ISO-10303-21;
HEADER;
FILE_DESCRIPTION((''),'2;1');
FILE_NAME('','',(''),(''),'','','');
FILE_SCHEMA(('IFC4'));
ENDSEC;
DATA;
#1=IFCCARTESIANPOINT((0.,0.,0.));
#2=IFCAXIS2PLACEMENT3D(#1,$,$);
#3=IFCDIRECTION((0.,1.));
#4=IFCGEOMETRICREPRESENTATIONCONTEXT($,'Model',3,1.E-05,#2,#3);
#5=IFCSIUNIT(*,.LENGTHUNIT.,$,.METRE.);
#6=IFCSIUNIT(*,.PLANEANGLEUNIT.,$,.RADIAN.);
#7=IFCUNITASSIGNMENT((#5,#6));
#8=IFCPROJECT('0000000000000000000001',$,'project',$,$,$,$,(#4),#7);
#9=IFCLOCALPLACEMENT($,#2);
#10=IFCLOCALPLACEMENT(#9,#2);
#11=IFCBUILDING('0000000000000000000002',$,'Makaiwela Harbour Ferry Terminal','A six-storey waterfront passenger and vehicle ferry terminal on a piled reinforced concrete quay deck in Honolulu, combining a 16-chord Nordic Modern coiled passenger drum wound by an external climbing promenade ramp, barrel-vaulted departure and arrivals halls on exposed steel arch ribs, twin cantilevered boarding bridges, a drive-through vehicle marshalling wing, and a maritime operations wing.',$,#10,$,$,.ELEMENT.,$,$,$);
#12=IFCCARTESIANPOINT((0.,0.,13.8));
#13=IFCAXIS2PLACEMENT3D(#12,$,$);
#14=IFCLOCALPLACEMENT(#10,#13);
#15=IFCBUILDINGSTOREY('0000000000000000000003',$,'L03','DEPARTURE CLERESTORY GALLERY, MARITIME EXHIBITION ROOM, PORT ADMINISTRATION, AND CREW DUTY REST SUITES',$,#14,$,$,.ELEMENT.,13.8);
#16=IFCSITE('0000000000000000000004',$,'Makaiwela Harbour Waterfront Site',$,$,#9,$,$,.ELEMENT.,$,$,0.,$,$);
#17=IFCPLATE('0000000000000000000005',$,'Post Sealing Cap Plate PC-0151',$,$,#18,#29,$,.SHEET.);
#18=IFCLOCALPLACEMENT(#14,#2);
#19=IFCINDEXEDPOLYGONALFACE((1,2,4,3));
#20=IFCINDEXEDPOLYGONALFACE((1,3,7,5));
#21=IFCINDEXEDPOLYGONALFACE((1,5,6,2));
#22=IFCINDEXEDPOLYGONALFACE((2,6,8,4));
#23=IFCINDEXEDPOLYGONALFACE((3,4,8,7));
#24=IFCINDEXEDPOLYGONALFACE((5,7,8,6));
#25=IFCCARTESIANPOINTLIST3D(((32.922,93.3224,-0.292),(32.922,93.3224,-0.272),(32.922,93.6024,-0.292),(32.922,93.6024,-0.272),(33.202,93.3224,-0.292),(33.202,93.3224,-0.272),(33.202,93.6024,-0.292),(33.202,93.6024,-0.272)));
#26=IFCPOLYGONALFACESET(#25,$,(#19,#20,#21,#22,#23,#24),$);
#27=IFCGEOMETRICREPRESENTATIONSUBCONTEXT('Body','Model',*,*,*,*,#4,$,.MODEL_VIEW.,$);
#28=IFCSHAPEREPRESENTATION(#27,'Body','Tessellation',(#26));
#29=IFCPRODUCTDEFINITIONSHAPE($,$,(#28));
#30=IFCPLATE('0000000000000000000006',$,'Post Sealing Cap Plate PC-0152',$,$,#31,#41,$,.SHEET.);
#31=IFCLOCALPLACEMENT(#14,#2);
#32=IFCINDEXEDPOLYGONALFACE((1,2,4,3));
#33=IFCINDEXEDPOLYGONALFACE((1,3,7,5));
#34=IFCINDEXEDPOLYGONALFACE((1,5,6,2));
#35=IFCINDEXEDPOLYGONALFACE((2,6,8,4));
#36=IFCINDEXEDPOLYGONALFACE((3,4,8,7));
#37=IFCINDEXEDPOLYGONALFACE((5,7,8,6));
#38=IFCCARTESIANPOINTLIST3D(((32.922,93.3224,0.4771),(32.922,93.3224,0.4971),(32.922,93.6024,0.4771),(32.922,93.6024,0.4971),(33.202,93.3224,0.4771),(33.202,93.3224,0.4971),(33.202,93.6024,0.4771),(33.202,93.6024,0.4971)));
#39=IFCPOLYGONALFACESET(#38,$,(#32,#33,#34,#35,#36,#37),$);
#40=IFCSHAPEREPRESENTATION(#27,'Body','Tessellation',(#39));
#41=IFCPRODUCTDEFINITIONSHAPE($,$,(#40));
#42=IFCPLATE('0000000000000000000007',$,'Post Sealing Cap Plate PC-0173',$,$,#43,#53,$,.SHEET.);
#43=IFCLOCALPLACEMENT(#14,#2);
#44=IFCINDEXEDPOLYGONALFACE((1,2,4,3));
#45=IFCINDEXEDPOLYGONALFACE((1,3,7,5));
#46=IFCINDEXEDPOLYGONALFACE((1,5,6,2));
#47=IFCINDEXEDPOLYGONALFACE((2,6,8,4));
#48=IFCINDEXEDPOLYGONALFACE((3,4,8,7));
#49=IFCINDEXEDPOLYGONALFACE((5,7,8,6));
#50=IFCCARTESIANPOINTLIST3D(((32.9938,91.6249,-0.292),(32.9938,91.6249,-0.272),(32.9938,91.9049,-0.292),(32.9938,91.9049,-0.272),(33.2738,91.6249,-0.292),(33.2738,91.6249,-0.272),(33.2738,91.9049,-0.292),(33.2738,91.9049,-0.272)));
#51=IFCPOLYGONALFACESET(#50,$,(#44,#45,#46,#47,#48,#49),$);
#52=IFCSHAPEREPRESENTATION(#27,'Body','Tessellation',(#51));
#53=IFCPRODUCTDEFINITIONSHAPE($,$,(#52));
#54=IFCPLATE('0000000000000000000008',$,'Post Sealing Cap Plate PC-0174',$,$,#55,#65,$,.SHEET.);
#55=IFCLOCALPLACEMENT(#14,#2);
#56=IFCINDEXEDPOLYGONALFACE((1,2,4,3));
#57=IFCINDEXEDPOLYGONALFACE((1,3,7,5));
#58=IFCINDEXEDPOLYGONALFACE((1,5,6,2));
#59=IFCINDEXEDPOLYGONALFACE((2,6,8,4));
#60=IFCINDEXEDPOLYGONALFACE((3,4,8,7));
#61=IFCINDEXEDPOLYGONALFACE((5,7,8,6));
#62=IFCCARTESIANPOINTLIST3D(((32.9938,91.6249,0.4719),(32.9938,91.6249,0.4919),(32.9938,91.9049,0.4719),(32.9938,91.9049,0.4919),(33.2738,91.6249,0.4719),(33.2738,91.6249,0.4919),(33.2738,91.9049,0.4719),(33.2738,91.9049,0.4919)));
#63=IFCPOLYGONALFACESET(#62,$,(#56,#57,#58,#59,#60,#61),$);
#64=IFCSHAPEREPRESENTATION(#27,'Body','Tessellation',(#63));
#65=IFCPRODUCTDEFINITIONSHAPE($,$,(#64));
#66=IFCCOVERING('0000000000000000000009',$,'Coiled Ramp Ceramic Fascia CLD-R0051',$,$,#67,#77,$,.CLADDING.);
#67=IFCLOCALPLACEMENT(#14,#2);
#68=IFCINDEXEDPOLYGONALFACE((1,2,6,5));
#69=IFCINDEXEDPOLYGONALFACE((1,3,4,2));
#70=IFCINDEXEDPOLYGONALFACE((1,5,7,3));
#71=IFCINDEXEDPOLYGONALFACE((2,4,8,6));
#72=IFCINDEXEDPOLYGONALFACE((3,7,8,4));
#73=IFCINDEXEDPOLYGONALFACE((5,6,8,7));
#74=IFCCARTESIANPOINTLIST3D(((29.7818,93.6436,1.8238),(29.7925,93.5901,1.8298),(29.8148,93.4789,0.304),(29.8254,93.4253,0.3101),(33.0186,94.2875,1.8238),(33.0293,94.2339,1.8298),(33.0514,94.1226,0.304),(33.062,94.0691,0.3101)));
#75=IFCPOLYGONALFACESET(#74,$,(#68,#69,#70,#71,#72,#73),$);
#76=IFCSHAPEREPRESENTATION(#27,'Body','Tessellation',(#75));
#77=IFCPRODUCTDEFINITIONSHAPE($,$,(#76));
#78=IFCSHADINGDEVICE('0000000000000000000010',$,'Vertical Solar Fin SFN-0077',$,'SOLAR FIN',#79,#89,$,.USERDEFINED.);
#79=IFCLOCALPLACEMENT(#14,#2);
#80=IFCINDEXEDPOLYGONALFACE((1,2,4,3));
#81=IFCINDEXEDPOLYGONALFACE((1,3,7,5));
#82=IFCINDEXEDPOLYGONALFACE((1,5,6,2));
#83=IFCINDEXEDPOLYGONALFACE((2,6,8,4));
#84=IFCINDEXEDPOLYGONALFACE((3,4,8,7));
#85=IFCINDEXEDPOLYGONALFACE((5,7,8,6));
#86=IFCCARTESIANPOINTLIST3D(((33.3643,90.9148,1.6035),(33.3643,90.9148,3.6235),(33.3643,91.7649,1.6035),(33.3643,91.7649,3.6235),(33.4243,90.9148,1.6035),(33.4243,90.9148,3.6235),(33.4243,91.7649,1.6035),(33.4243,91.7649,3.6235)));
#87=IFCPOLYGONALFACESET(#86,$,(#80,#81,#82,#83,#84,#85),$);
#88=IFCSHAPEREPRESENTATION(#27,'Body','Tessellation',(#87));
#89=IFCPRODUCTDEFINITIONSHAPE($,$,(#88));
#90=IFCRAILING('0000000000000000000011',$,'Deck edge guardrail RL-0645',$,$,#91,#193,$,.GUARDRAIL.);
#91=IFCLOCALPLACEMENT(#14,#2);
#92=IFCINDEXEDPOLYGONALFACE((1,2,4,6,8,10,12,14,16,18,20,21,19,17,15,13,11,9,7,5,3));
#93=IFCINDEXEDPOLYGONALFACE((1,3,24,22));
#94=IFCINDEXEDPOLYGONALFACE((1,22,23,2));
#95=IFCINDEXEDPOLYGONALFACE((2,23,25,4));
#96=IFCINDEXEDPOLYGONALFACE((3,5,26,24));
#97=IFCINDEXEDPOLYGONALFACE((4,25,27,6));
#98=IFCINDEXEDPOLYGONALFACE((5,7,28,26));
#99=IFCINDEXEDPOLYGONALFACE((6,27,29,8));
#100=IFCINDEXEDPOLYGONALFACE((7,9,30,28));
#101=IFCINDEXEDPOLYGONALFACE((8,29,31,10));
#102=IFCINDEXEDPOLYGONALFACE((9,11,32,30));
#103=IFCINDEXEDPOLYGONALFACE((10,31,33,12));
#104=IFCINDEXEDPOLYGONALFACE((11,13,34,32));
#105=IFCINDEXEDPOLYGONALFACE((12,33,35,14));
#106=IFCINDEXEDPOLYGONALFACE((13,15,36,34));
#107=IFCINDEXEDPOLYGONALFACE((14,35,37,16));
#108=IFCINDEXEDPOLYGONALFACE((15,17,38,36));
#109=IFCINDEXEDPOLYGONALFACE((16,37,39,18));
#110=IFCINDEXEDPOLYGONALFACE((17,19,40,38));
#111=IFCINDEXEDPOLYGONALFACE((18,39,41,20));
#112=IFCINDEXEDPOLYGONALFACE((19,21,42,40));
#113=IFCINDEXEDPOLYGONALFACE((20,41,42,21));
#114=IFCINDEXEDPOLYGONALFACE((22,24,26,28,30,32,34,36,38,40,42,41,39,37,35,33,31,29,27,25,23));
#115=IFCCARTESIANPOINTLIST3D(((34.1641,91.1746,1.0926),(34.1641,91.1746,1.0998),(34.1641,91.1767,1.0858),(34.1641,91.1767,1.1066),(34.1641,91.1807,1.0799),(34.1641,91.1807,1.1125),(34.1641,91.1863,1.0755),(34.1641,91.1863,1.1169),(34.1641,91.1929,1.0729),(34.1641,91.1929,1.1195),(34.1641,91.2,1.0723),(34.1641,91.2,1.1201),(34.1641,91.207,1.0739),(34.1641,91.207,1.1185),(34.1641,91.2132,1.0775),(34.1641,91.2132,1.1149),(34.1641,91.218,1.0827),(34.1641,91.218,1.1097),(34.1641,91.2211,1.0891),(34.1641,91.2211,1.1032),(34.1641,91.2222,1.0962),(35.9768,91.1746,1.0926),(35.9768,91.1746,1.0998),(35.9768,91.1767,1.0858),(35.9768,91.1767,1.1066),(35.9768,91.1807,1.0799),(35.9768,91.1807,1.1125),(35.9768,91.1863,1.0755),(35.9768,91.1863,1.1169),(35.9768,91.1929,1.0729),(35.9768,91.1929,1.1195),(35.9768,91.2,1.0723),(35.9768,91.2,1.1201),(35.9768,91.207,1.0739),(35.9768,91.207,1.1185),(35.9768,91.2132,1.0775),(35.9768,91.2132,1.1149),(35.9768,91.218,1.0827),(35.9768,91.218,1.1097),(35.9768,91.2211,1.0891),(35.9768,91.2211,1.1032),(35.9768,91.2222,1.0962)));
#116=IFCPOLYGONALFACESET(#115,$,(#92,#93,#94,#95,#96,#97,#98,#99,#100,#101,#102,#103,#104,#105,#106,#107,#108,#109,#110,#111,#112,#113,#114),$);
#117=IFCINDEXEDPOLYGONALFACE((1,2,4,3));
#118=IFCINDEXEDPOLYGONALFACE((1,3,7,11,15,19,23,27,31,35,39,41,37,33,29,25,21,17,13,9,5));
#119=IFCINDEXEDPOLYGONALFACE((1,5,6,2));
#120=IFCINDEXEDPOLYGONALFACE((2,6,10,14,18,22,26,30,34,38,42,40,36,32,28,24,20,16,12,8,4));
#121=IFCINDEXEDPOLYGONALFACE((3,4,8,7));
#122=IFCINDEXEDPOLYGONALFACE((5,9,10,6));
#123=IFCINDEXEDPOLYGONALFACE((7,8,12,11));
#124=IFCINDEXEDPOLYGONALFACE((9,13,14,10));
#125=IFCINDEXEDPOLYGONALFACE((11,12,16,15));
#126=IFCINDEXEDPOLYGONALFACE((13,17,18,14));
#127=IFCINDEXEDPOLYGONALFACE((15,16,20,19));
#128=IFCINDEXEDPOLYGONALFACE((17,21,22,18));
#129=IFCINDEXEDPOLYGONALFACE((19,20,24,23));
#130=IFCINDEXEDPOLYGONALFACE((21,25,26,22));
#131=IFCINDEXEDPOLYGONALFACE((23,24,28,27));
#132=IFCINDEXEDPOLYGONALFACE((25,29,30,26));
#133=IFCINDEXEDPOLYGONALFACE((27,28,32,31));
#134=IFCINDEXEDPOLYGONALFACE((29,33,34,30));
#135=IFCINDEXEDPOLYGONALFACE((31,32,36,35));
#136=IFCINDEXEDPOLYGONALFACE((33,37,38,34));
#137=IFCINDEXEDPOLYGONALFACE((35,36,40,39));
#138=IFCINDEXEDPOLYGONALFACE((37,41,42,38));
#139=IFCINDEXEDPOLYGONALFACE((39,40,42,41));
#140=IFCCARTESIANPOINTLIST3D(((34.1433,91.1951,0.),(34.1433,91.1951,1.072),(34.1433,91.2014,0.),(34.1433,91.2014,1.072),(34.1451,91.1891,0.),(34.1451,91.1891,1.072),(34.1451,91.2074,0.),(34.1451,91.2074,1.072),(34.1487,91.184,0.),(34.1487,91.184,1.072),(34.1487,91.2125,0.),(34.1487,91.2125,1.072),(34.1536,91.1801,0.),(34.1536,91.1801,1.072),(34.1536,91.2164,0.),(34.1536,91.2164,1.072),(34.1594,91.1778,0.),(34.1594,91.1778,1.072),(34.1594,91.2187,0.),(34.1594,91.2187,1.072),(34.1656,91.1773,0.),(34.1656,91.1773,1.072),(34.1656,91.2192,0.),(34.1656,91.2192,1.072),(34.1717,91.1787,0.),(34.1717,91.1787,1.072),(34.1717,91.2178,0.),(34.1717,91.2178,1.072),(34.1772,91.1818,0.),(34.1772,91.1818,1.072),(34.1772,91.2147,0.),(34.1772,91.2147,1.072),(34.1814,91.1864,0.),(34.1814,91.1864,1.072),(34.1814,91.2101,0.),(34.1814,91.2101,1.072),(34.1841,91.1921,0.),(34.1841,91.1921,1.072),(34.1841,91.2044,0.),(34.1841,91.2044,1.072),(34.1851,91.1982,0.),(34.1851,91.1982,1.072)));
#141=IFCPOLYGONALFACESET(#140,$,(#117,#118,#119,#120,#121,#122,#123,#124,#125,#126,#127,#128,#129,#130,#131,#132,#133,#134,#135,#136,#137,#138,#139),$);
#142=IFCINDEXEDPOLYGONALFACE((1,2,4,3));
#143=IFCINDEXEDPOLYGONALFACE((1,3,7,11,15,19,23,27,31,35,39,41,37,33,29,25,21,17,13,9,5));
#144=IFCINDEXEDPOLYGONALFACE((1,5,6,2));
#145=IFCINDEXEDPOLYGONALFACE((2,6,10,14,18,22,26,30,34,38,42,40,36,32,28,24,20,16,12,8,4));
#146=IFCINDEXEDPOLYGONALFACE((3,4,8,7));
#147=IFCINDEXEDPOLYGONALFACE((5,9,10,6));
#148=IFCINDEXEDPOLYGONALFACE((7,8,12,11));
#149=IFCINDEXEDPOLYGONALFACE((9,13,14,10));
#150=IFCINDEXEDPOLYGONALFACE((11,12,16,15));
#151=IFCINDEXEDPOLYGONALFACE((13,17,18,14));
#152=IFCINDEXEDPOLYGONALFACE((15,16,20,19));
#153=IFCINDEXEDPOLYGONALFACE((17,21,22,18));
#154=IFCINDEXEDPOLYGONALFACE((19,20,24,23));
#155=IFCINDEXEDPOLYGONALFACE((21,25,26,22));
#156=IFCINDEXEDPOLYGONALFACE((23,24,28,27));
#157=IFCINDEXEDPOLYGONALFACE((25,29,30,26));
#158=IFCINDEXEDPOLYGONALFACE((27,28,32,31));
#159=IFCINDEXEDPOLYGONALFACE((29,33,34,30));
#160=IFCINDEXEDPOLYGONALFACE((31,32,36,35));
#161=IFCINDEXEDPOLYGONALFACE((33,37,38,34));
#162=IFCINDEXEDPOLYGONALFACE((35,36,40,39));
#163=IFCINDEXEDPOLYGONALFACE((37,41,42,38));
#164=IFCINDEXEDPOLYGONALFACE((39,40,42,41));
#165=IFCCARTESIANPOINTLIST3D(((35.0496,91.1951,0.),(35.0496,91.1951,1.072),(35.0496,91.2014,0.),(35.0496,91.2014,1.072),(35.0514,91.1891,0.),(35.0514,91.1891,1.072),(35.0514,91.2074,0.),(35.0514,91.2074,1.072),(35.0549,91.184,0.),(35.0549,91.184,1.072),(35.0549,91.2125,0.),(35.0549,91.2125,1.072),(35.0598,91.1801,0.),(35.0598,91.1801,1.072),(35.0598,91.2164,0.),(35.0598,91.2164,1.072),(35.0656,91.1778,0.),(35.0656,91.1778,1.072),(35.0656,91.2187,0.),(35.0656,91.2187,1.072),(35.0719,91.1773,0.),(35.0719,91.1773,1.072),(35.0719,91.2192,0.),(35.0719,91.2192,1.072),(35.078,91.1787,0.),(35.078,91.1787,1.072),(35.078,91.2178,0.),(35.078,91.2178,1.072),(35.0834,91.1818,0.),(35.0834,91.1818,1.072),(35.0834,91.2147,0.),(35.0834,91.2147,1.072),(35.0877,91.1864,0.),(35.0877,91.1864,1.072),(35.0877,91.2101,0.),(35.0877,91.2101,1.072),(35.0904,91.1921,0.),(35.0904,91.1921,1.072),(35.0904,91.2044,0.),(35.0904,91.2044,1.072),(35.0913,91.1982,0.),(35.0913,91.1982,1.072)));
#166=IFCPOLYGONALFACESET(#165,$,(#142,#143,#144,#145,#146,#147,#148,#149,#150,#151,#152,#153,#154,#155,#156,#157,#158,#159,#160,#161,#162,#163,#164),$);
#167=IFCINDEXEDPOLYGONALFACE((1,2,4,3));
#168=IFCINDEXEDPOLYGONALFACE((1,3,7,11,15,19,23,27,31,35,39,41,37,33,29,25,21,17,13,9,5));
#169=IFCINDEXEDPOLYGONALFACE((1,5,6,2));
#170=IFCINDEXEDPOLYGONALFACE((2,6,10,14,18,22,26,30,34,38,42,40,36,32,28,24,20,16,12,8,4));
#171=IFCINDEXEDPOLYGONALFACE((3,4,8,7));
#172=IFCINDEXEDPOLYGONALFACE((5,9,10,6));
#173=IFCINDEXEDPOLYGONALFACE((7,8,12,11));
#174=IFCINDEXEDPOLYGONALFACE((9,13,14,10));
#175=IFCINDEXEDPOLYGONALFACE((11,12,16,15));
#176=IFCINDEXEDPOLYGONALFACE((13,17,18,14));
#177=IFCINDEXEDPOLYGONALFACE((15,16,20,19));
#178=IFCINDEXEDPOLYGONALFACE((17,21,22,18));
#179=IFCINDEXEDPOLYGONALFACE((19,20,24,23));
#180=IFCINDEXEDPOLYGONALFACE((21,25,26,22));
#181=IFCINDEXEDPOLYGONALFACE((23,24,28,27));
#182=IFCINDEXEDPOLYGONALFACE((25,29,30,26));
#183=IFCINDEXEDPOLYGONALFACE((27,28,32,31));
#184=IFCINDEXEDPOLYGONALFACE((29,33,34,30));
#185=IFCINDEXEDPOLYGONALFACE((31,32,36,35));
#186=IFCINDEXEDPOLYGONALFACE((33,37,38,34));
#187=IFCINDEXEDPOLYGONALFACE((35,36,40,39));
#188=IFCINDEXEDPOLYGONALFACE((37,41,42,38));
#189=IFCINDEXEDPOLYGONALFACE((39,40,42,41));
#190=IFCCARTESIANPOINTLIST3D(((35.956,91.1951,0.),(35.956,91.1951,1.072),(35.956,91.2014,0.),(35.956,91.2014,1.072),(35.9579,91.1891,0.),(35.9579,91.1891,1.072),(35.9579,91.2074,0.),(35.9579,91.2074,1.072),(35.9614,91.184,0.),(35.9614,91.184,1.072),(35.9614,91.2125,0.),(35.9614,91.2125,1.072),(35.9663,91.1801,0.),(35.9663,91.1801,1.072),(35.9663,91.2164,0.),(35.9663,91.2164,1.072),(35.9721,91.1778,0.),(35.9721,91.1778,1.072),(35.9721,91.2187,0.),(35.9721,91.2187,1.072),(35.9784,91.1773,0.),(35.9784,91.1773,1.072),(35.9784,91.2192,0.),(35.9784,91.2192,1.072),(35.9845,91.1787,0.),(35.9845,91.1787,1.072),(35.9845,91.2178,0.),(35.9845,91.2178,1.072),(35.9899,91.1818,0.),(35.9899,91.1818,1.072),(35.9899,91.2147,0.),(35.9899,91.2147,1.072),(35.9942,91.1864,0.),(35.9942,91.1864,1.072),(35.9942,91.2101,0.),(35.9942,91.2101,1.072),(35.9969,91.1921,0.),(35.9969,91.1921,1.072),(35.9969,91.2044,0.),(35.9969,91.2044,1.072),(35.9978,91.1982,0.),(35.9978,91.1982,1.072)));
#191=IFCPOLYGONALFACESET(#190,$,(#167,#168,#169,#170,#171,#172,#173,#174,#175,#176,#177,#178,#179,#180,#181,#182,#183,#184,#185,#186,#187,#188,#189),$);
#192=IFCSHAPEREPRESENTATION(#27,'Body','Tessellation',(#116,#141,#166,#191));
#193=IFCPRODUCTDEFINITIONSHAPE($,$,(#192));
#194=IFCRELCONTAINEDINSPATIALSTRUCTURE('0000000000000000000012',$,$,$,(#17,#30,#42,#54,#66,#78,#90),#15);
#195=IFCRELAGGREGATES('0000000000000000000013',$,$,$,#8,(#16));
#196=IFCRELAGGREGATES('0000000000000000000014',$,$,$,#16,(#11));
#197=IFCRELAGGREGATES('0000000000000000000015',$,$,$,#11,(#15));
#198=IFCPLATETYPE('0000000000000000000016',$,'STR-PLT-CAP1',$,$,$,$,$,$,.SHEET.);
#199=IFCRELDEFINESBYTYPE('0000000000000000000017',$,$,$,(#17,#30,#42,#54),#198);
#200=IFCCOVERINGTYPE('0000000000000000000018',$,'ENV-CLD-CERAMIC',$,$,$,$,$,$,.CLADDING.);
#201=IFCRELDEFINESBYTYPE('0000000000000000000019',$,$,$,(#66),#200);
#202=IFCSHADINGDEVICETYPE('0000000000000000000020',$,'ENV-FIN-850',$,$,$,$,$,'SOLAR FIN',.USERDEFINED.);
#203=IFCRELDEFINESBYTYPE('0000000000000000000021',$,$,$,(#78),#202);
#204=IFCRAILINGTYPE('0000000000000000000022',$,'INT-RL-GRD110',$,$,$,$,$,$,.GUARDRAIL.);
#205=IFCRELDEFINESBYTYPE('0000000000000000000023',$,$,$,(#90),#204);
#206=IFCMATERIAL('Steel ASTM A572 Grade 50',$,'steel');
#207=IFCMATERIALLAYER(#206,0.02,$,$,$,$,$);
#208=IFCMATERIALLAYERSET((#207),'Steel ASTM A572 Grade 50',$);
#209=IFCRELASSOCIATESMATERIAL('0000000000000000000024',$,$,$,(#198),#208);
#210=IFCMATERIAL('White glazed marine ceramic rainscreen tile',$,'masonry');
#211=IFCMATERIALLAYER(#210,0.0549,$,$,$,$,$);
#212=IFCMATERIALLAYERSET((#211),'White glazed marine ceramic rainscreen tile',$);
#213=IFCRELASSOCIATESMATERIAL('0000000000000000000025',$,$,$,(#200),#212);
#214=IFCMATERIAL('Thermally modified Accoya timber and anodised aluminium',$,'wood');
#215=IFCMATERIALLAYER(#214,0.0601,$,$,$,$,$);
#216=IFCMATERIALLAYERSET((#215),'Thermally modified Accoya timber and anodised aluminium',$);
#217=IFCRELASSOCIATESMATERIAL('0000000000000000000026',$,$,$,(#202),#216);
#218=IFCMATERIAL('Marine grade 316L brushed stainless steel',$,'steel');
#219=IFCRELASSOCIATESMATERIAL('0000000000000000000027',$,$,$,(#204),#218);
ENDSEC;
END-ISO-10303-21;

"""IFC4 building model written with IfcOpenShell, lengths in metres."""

from ifc_helpers import new_model, si_unit, direction, frame, origin, origin_2d, place, context, subcontext, project, spatial, polyline, rectangle, circle, outline, extrude, material, layer, layer_set, type_object, element, save


model = new_model("IFC4")

# Units and contexts
model_context = context("Model", 3, precision=1e-05, world=origin(), true_north=direction((0.0, 1.0)))
body_context = subcontext(model_context, "Body", "Model", "MODEL_VIEW")
ifc_project = project(units=[si_unit("LENGTHUNIT", "METRE"), si_unit("PLANEANGLEUNIT", "RADIAN")], contexts=[model_context])

# Site, building, storey
site_placement = place(None, origin())
site = spatial("IfcSite", under=ifc_project, at=site_placement, Name="Makaiwela Harbour Waterfront Site", CompositionType="ELEMENT", RefElevation=0.0)
building_placement = place(site_placement, origin())
building = spatial("IfcBuilding", under=site, at=building_placement, Name="Makaiwela Harbour Ferry Terminal", Description="A six-storey waterfront passenger and vehicle ferry terminal on a piled reinforced concrete quay deck in Honolulu, combining a 16-chord Nordic Modern coiled passenger drum wound by an external climbing promenade ramp, barrel-vaulted departure and arrivals halls on exposed steel arch ribs, twin cantilevered boarding bridges, a drive-through vehicle marshalling wing, and a maritime operations wing.", CompositionType="ELEMENT")
storey_placement = place(building_placement, frame((0.0, 0.0, 13.8)))
storey = spatial("IfcBuildingStorey", under=building, at=storey_placement, Name="L03", Description="DEPARTURE CLERESTORY GALLERY, MARITIME EXHIBITION ROOM, PORT ADMINISTRATION, AND CREW DUTY REST SUITES", CompositionType="ELEMENT", Elevation=13.8)

# Plates
ifc_material_1 = material(Name="Steel ASTM A572 Grade 50", Category="steel")
ifc_layer_1 = layer(ifc_material_1, 0.02)
ifc_layer_set_1 = layer_set([ifc_layer_1], Name="Steel ASTM A572 Grade 50")
plate_type_1 = type_object("IfcPlateType", Name="STR-PLT-CAP1", PredefinedType="SHEET", material=ifc_layer_set_1)
for number, where, z_axis, x_axis, name in (
    (1, (33.062, 93.4624, -0.292), (0.0, 0.0, 1.0), (1.0, 0.0, 0.0), "Post Sealing Cap Plate PC-0151"),
    (2, (33.062, 93.4624, 0.4771), (0.0, 0.0, 1.0), (1.0, 0.0, 0.0), "Post Sealing Cap Plate PC-0152"),
    (3, (33.1338, 91.7649, -0.292), (0.0, 0.0, 1.0), (1.0, 0.0, 0.0), "Post Sealing Cap Plate PC-0173"),
    (4, (33.1338, 91.7649, 0.4719), (0.0, 0.0, 1.0), (1.0, 0.0, 0.0), "Post Sealing Cap Plate PC-0174"),
):
    element("IfcPlate", number, at=place(storey_placement, frame(where, z_axis=z_axis, x_axis=x_axis)), inside=storey, type_object=plate_type_1, Name=name, PredefinedType="SHEET", context=body_context, shape_type="SweptSolid", body=[
        extrude(rectangle(XDim=0.28, YDim=0.28, at=origin_2d()), origin(), (0.0, 0.0, 1.0), 0.02),
    ])

# Covering
ifc_material_2 = material(Name="White glazed marine ceramic rainscreen tile", Category="masonry")
ifc_layer_2 = layer(ifc_material_2, 0.0549)
ifc_layer_set_2 = layer_set([ifc_layer_2], Name="White glazed marine ceramic rainscreen tile")
covering_type = type_object("IfcCoveringType", Name="ENV-CLD-CERAMIC", PredefinedType="CLADDING", material=ifc_layer_set_2)
covering_placement = place(storey_placement, frame((33.062, 94.0691, 0.3101), z_axis=(0.193903, -0.974846, 0.109896), x_axis=(-0.980786, -0.195085, -0.000001)))
element("IfcCovering", 5, at=covering_placement, inside=storey, type_object=covering_type, Name="Coiled Ramp Ceramic Fascia CLD-R0051", PredefinedType="CLADDING", context=body_context, shape_type="SweptSolid", body=[
    extrude(outline(polyline([(0.0, 0.0), (3.3, 0.0), (3.3002, -1.529), (-0.0001, -1.529), (0.0, 0.0)])), origin(), (0.0, 0.0, -1.0), 0.0549),
])

# Shading device
ifc_material_3 = material(Name="Thermally modified Accoya timber and anodised aluminium", Category="wood")
ifc_layer_3 = layer(ifc_material_3, 0.0601)
ifc_layer_set_3 = layer_set([ifc_layer_3], Name="Thermally modified Accoya timber and anodised aluminium")
shading_device_type = type_object("IfcShadingDeviceType", Name="ENV-FIN-850", ElementType="SOLAR FIN", PredefinedType="USERDEFINED", material=ifc_layer_set_3)
shading_device_placement = place(storey_placement, frame((33.3943, 91.3398, 1.6035), z_axis=(0.0, 0.0, 1.0), x_axis=(0.0, 1.0, 0.0)))
element("IfcShadingDevice", 6, at=shading_device_placement, inside=storey, type_object=shading_device_type, Name="Vertical Solar Fin SFN-0077", ObjectType="SOLAR FIN", PredefinedType="USERDEFINED", context=body_context, shape_type="SweptSolid", body=[
    extrude(rectangle(XDim=0.8501, YDim=0.0601, at=origin_2d()), origin(), (0.0, 0.0, 1.0), 2.02),
])

# Railing
ifc_material_4 = material(Name="Marine grade 316L brushed stainless steel", Category="steel")
railing_type = type_object("IfcRailingType", Name="INT-RL-GRD110", PredefinedType="GUARDRAIL", material=ifc_material_4)
railing_placement = place(storey_placement, frame((34.1641, 91.1982, 0.0)))
element("IfcRailing", 7, at=railing_placement, inside=storey, type_object=railing_type, Name="Deck edge guardrail RL-0645", PredefinedType="GUARDRAIL", context=body_context, shape_type="SweptSolid", body=[
    extrude(circle(Radius=0.0239, at=origin_2d()), frame((0.0, 0.0, 1.0962), z_axis=(1.0, 0.0, 0.0), x_axis=(0.0, 1.0, 0.0)), (0.0, 0.0, 1.0), 1.8127),
    extrude(circle(Radius=0.021, at=origin_2d()), origin(), (0.0, 0.0, 1.0), 1.072),
    extrude(circle(Radius=0.021, at=origin_2d()), frame((0.9062, 0.0, 0.0)), (0.0, 0.0, 1.0), 1.072),
    extrude(circle(Radius=0.021, at=origin_2d()), frame((1.8127, 0.0, 0.0)), (0.0, 0.0, 1.0), 1.072),
])

save(model, "model.ifc")
